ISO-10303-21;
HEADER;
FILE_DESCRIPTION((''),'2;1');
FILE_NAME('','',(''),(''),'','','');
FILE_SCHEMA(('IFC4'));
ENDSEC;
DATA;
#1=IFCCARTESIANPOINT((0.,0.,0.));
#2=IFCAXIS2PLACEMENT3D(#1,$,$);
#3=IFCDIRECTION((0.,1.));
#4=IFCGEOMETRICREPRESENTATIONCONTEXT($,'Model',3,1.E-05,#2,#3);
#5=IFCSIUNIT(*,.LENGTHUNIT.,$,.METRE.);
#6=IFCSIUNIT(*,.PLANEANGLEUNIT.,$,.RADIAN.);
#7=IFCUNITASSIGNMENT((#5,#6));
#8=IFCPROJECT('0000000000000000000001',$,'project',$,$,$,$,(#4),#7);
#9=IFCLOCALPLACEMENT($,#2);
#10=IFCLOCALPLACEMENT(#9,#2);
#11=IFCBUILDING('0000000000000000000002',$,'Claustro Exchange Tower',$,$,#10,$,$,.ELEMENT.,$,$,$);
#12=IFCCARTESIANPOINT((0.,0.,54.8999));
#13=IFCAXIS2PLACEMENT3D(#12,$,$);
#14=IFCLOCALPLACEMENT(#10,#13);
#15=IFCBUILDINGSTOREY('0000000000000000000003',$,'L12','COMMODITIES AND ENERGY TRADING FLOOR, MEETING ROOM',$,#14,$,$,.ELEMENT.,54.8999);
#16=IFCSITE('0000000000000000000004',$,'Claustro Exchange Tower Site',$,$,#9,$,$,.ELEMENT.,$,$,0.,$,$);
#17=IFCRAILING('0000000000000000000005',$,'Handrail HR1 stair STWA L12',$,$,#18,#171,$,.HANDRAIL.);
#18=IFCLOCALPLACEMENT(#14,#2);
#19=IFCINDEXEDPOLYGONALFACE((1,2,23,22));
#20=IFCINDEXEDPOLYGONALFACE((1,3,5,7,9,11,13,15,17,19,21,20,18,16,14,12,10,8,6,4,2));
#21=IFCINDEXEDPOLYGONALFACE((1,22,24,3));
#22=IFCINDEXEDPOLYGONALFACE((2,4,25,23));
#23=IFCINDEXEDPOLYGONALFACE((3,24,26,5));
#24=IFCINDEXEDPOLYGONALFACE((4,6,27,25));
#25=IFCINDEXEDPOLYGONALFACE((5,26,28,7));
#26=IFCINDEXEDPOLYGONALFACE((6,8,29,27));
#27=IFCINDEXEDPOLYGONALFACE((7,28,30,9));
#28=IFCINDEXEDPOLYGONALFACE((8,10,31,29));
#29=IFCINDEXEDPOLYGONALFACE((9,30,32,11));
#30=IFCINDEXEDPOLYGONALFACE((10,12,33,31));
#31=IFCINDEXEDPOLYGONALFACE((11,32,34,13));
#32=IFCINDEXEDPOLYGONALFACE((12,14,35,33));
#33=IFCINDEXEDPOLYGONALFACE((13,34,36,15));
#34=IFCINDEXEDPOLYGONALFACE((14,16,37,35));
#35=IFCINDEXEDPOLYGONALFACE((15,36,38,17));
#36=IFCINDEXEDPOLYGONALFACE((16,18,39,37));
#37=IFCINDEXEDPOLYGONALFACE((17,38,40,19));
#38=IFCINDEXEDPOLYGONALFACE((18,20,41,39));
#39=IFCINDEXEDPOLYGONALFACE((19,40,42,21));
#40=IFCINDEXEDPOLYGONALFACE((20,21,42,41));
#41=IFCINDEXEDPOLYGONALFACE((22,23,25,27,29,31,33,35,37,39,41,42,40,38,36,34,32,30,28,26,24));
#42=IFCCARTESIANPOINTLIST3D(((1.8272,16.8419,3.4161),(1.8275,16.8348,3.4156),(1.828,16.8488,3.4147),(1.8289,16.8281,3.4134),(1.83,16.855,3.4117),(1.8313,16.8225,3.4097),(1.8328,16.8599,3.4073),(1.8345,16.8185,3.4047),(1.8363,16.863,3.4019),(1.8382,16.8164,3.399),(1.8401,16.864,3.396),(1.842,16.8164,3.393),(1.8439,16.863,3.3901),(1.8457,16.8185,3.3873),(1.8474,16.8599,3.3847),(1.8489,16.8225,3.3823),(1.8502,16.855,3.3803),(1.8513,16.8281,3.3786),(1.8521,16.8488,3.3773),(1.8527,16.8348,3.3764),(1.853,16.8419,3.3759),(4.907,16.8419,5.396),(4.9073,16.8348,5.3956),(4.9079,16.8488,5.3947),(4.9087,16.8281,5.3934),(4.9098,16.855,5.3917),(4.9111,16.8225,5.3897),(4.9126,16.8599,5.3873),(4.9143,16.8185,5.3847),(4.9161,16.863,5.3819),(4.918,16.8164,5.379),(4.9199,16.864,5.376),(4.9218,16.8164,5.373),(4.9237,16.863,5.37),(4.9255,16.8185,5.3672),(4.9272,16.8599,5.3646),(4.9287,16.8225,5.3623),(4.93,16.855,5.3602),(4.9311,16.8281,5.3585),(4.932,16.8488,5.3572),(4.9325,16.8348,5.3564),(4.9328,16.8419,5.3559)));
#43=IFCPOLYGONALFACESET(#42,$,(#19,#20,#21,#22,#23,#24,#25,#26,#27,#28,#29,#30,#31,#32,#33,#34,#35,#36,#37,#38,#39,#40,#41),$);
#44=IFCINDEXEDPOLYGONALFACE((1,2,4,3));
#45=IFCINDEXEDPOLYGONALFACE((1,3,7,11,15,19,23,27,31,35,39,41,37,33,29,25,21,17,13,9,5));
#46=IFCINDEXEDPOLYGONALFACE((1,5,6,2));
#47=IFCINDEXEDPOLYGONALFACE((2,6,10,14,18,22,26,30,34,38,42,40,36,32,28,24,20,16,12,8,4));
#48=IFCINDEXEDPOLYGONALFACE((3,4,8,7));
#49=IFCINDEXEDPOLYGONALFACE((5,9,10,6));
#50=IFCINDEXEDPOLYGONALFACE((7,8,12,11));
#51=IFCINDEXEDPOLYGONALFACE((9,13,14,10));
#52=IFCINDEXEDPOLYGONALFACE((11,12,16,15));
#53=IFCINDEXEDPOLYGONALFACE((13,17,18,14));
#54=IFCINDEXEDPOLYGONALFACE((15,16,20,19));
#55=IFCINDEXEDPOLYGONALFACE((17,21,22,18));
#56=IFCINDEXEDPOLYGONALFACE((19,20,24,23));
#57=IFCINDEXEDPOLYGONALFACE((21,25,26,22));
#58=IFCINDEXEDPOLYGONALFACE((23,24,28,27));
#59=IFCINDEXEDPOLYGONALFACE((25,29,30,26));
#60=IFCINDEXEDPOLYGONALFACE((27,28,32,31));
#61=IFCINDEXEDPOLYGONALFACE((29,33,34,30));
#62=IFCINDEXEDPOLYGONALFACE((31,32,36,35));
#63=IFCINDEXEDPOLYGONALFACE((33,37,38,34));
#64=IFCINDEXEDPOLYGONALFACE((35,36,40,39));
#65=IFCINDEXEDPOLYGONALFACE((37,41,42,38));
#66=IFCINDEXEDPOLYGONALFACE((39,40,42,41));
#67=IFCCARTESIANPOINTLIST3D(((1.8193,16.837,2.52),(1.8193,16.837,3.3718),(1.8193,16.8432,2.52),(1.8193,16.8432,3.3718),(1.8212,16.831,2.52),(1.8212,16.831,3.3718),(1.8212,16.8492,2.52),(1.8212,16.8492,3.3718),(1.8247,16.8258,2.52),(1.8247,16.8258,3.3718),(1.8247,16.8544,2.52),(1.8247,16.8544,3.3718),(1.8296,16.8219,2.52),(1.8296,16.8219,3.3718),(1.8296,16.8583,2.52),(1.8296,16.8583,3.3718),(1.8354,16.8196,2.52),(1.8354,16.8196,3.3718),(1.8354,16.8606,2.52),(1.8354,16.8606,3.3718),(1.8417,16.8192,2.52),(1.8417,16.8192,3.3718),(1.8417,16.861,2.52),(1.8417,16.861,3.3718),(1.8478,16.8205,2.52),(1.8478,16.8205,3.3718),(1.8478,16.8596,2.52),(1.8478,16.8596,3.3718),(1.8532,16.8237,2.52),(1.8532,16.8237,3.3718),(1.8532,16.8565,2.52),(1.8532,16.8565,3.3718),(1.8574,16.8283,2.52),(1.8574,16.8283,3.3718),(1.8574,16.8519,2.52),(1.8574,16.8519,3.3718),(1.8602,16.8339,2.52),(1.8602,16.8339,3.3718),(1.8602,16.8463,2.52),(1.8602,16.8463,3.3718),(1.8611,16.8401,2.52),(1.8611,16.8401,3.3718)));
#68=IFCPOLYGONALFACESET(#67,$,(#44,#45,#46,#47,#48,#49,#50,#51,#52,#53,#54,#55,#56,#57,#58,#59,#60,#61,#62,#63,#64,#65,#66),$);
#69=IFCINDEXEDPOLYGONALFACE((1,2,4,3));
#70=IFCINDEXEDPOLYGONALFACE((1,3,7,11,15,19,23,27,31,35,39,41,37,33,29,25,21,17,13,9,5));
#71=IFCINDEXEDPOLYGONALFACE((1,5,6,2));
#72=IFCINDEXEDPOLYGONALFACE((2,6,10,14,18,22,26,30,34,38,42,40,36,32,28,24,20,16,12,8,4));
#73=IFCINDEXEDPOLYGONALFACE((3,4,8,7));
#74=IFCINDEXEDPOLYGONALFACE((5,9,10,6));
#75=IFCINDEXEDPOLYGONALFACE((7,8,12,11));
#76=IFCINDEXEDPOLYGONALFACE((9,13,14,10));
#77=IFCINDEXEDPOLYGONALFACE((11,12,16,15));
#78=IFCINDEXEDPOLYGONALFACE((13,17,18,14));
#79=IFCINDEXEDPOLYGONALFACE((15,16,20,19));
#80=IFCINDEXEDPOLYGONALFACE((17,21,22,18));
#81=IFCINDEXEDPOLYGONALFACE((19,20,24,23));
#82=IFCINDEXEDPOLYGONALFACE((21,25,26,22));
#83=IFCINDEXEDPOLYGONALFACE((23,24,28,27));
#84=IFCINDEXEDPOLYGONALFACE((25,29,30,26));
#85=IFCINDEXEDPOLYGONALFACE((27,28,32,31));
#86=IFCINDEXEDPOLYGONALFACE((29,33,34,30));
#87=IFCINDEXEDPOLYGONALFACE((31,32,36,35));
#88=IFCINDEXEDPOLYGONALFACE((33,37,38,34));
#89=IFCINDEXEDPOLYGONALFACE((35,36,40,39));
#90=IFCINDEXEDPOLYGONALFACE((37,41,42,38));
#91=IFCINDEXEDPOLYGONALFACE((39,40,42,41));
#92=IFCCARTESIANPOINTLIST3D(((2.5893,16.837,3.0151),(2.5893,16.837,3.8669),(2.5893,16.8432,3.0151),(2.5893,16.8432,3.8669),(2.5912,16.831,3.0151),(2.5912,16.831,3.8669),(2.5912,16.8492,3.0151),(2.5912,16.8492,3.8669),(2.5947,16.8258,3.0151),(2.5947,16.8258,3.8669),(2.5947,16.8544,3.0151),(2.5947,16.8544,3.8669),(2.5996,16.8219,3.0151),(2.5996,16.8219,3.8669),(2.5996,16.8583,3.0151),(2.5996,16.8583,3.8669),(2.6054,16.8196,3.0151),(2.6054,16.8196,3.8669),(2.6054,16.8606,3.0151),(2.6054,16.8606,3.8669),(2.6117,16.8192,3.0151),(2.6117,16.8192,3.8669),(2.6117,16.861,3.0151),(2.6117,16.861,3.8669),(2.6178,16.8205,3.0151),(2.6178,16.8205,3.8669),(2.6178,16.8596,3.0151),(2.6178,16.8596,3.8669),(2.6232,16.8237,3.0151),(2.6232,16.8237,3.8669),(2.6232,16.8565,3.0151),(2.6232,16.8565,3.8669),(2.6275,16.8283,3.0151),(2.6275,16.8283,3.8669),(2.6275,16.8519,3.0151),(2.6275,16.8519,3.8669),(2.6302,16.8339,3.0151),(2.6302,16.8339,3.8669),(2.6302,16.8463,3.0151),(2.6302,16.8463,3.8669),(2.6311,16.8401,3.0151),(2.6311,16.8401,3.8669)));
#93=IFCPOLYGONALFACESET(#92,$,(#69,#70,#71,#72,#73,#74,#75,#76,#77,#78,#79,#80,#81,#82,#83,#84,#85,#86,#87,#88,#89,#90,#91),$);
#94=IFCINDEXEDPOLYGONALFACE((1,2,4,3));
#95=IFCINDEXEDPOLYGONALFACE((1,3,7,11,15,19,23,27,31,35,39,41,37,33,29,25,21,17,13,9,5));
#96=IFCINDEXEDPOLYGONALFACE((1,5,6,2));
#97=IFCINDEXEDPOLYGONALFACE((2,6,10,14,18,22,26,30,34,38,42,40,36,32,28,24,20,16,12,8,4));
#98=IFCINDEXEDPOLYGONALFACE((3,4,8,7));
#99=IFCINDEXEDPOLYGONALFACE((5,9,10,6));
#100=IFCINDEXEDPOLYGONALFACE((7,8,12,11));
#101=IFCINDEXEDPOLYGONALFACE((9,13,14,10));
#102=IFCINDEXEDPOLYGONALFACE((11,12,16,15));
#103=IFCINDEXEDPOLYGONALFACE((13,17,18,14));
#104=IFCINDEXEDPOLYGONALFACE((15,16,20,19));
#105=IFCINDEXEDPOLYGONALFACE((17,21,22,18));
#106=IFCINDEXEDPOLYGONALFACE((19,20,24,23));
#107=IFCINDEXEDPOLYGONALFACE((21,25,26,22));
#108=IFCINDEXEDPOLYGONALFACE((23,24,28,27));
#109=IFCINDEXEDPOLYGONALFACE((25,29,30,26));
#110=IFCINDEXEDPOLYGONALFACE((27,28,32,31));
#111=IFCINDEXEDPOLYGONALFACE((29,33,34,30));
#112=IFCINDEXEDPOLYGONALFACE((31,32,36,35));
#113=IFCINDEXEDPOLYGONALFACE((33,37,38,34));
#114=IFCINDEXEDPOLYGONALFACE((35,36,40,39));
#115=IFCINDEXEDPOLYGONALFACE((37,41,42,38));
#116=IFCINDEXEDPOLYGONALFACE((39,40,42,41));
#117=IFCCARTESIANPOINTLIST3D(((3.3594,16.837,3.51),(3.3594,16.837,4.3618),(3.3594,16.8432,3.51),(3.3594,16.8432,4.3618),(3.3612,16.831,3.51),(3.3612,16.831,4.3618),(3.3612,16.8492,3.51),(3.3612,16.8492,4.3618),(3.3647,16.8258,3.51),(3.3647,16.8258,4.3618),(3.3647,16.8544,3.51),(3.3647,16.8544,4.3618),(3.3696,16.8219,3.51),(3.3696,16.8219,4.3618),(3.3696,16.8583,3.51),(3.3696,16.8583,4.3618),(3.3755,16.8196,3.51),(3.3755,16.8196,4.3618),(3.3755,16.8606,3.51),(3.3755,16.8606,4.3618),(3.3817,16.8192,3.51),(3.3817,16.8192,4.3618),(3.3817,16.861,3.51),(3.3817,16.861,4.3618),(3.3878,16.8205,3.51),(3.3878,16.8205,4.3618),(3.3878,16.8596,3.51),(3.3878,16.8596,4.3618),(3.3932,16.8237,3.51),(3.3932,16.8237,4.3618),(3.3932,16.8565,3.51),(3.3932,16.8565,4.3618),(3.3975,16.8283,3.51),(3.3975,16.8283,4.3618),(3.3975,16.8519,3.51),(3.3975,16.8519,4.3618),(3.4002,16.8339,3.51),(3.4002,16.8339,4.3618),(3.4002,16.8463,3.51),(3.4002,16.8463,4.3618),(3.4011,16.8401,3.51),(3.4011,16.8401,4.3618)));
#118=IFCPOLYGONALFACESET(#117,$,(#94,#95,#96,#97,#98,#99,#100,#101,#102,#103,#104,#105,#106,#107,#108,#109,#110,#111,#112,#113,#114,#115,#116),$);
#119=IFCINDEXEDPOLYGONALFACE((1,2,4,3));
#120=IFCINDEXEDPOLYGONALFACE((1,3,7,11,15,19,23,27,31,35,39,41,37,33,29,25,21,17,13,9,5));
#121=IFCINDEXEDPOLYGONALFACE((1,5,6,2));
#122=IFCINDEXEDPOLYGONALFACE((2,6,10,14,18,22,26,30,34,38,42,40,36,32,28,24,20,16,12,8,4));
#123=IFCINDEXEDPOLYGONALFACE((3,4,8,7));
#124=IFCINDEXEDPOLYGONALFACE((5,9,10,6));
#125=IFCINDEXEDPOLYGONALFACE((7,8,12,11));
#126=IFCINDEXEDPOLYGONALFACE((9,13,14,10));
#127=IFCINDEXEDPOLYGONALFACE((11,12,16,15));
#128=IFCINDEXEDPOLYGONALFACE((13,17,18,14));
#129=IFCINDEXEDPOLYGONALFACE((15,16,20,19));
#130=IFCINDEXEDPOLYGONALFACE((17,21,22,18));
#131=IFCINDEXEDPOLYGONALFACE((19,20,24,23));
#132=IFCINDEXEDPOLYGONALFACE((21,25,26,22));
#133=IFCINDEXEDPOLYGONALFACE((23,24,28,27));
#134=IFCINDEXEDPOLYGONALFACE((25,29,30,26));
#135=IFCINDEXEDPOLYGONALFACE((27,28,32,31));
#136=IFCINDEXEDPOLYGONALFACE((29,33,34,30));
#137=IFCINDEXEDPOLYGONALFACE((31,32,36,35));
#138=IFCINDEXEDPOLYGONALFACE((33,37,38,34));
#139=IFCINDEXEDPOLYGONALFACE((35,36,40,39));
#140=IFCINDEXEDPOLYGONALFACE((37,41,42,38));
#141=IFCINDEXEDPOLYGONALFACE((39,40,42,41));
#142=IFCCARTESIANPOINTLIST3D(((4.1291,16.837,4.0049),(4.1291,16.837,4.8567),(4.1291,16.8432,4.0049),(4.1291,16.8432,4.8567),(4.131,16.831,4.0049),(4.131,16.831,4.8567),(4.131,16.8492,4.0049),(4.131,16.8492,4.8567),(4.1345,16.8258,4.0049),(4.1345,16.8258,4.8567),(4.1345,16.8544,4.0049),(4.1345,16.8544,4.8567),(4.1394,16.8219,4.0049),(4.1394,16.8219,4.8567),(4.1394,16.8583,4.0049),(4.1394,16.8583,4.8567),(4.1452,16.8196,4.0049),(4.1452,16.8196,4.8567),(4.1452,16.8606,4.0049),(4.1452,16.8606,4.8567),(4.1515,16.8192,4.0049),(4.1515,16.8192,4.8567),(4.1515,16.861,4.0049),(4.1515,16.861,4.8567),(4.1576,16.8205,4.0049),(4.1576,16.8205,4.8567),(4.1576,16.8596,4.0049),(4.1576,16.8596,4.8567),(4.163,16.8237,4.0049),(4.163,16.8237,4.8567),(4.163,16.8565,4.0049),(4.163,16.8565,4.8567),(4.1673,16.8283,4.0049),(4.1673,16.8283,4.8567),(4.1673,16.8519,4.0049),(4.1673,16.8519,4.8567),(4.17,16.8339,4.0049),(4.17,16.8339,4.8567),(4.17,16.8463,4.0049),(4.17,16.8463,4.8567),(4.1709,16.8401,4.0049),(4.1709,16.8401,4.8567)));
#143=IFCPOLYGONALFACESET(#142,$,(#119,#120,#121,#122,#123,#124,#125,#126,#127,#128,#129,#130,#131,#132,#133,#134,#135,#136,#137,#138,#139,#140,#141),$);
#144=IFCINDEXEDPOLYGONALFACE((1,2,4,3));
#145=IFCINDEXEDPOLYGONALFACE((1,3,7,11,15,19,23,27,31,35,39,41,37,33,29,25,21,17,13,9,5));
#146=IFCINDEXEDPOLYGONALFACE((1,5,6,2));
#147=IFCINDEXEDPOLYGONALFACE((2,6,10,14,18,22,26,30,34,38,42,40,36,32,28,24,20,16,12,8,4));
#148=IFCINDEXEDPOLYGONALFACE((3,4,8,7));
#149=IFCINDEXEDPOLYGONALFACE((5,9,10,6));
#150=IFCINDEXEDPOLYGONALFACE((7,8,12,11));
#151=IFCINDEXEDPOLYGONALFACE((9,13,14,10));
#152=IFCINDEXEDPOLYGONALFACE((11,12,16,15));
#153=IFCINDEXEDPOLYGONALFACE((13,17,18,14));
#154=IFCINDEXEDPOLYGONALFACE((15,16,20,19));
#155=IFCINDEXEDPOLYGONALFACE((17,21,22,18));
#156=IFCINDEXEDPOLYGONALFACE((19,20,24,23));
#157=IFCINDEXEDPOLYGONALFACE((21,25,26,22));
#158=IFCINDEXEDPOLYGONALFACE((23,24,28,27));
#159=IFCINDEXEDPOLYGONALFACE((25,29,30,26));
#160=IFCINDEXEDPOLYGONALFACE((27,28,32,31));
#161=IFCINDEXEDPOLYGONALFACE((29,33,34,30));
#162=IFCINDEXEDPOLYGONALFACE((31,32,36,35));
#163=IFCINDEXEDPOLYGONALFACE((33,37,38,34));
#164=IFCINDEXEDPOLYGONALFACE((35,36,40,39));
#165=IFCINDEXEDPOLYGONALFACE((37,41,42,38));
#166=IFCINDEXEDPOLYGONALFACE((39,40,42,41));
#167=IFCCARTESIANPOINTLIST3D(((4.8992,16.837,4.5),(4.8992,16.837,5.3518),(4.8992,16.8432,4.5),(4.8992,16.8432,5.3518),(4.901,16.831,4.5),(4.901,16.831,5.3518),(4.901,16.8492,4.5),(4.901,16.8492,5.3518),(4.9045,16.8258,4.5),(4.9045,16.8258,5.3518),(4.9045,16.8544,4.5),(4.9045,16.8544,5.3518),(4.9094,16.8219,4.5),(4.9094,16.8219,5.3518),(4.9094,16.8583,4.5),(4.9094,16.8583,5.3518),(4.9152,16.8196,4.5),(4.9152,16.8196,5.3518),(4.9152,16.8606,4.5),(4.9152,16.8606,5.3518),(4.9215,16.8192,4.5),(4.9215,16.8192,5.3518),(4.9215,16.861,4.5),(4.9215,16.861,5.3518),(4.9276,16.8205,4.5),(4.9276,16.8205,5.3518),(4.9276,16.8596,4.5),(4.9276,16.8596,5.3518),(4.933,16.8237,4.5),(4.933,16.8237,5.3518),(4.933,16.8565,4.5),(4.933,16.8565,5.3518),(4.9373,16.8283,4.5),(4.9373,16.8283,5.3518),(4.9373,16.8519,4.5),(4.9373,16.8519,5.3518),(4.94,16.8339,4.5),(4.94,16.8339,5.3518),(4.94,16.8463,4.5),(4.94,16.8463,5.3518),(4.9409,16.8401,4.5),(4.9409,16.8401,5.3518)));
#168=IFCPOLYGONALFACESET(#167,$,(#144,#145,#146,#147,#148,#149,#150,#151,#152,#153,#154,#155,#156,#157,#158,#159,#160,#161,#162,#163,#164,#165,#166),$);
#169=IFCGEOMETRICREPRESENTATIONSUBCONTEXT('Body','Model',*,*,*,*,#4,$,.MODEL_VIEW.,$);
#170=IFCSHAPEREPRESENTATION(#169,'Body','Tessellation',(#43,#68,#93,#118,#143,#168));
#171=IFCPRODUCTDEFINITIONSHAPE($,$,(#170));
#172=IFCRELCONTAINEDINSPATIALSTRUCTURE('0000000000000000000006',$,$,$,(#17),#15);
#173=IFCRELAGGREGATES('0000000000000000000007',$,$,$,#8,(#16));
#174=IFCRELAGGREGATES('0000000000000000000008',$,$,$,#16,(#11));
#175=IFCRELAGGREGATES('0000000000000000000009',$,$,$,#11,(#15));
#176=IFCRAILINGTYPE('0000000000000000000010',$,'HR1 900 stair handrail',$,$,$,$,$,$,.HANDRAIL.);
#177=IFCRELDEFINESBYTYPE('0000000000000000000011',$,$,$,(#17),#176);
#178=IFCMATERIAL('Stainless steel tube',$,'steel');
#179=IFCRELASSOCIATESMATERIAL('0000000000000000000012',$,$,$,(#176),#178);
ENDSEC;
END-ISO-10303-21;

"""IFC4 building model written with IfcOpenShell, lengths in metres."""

from ifc_helpers import new_model, si_unit, direction, frame, origin, origin_2d, place, context, subcontext, project, spatial, circle, extrude, material, type_object, element, save


model = new_model("IFC4")

# Units and contexts
model_context = context("Model", 3, precision=1e-05, world=origin(), true_north=direction((0.0, 1.0)))
body_context = subcontext(model_context, "Body", "Model", "MODEL_VIEW")
ifc_project = project(units=[si_unit("LENGTHUNIT", "METRE"), si_unit("PLANEANGLEUNIT", "RADIAN")], contexts=[model_context])

# Site, building, storey
site_placement = place(None, origin())
site = spatial("IfcSite", under=ifc_project, at=site_placement, Name="Claustro Exchange Tower Site", CompositionType="ELEMENT", RefElevation=0.0)
building_placement = place(site_placement, origin())
building = spatial("IfcBuilding", under=site, at=building_placement, Name="Claustro Exchange Tower", CompositionType="ELEMENT")
storey_placement = place(building_placement, frame((0.0, 0.0, 54.8999)))
storey = spatial("IfcBuildingStorey", under=building, at=storey_placement, Name="L12", Description="COMMODITIES AND ENERGY TRADING FLOOR, MEETING ROOM", CompositionType="ELEMENT", Elevation=54.8999)

# Railing
ifc_material_1 = material(Name="Stainless steel tube", Category="steel")
railing_type_1 = type_object("IfcRailingType", Name="HR1 900 stair handrail", PredefinedType="HANDRAIL", material=ifc_material_1)
railing_1_placement = place(storey_placement, frame((1.8401, 16.8401, 2.52)))
element("IfcRailing", 1, at=railing_1_placement, inside=storey, type_object=railing_type_1, Name="Handrail HR1 stair STWA L12", PredefinedType="HANDRAIL", context=body_context, shape_type="SweptSolid", body=[
    extrude(circle(Radius=0.0239, at=origin_2d()), frame((0.0, 0.0, 0.876), z_axis=(0.841168, 0.0, 0.540774), x_axis=(0.0, 1.0, 0.0)), (0.0, 0.0, 1.0), 3.6614),
    extrude(circle(Radius=0.021, at=origin_2d()), origin(), (0.0, 0.0, 1.0), 0.8518),
    extrude(circle(Radius=0.021, at=origin_2d()), frame((0.77, 0.0, 0.4951)), (0.0, 0.0, 1.0), 0.8518),
    extrude(circle(Radius=0.021, at=origin_2d()), frame((1.54, 0.0, 0.99)), (0.0, 0.0, 1.0), 0.8518),
    extrude(circle(Radius=0.021, at=origin_2d()), frame((2.3098, 0.0, 1.4849)), (0.0, 0.0, 1.0), 0.8518),
    extrude(circle(Radius=0.021, at=origin_2d()), frame((3.0798, 0.0, 1.98)), (0.0, 0.0, 1.0), 0.8518),
])

save(model, "model.ifc")
